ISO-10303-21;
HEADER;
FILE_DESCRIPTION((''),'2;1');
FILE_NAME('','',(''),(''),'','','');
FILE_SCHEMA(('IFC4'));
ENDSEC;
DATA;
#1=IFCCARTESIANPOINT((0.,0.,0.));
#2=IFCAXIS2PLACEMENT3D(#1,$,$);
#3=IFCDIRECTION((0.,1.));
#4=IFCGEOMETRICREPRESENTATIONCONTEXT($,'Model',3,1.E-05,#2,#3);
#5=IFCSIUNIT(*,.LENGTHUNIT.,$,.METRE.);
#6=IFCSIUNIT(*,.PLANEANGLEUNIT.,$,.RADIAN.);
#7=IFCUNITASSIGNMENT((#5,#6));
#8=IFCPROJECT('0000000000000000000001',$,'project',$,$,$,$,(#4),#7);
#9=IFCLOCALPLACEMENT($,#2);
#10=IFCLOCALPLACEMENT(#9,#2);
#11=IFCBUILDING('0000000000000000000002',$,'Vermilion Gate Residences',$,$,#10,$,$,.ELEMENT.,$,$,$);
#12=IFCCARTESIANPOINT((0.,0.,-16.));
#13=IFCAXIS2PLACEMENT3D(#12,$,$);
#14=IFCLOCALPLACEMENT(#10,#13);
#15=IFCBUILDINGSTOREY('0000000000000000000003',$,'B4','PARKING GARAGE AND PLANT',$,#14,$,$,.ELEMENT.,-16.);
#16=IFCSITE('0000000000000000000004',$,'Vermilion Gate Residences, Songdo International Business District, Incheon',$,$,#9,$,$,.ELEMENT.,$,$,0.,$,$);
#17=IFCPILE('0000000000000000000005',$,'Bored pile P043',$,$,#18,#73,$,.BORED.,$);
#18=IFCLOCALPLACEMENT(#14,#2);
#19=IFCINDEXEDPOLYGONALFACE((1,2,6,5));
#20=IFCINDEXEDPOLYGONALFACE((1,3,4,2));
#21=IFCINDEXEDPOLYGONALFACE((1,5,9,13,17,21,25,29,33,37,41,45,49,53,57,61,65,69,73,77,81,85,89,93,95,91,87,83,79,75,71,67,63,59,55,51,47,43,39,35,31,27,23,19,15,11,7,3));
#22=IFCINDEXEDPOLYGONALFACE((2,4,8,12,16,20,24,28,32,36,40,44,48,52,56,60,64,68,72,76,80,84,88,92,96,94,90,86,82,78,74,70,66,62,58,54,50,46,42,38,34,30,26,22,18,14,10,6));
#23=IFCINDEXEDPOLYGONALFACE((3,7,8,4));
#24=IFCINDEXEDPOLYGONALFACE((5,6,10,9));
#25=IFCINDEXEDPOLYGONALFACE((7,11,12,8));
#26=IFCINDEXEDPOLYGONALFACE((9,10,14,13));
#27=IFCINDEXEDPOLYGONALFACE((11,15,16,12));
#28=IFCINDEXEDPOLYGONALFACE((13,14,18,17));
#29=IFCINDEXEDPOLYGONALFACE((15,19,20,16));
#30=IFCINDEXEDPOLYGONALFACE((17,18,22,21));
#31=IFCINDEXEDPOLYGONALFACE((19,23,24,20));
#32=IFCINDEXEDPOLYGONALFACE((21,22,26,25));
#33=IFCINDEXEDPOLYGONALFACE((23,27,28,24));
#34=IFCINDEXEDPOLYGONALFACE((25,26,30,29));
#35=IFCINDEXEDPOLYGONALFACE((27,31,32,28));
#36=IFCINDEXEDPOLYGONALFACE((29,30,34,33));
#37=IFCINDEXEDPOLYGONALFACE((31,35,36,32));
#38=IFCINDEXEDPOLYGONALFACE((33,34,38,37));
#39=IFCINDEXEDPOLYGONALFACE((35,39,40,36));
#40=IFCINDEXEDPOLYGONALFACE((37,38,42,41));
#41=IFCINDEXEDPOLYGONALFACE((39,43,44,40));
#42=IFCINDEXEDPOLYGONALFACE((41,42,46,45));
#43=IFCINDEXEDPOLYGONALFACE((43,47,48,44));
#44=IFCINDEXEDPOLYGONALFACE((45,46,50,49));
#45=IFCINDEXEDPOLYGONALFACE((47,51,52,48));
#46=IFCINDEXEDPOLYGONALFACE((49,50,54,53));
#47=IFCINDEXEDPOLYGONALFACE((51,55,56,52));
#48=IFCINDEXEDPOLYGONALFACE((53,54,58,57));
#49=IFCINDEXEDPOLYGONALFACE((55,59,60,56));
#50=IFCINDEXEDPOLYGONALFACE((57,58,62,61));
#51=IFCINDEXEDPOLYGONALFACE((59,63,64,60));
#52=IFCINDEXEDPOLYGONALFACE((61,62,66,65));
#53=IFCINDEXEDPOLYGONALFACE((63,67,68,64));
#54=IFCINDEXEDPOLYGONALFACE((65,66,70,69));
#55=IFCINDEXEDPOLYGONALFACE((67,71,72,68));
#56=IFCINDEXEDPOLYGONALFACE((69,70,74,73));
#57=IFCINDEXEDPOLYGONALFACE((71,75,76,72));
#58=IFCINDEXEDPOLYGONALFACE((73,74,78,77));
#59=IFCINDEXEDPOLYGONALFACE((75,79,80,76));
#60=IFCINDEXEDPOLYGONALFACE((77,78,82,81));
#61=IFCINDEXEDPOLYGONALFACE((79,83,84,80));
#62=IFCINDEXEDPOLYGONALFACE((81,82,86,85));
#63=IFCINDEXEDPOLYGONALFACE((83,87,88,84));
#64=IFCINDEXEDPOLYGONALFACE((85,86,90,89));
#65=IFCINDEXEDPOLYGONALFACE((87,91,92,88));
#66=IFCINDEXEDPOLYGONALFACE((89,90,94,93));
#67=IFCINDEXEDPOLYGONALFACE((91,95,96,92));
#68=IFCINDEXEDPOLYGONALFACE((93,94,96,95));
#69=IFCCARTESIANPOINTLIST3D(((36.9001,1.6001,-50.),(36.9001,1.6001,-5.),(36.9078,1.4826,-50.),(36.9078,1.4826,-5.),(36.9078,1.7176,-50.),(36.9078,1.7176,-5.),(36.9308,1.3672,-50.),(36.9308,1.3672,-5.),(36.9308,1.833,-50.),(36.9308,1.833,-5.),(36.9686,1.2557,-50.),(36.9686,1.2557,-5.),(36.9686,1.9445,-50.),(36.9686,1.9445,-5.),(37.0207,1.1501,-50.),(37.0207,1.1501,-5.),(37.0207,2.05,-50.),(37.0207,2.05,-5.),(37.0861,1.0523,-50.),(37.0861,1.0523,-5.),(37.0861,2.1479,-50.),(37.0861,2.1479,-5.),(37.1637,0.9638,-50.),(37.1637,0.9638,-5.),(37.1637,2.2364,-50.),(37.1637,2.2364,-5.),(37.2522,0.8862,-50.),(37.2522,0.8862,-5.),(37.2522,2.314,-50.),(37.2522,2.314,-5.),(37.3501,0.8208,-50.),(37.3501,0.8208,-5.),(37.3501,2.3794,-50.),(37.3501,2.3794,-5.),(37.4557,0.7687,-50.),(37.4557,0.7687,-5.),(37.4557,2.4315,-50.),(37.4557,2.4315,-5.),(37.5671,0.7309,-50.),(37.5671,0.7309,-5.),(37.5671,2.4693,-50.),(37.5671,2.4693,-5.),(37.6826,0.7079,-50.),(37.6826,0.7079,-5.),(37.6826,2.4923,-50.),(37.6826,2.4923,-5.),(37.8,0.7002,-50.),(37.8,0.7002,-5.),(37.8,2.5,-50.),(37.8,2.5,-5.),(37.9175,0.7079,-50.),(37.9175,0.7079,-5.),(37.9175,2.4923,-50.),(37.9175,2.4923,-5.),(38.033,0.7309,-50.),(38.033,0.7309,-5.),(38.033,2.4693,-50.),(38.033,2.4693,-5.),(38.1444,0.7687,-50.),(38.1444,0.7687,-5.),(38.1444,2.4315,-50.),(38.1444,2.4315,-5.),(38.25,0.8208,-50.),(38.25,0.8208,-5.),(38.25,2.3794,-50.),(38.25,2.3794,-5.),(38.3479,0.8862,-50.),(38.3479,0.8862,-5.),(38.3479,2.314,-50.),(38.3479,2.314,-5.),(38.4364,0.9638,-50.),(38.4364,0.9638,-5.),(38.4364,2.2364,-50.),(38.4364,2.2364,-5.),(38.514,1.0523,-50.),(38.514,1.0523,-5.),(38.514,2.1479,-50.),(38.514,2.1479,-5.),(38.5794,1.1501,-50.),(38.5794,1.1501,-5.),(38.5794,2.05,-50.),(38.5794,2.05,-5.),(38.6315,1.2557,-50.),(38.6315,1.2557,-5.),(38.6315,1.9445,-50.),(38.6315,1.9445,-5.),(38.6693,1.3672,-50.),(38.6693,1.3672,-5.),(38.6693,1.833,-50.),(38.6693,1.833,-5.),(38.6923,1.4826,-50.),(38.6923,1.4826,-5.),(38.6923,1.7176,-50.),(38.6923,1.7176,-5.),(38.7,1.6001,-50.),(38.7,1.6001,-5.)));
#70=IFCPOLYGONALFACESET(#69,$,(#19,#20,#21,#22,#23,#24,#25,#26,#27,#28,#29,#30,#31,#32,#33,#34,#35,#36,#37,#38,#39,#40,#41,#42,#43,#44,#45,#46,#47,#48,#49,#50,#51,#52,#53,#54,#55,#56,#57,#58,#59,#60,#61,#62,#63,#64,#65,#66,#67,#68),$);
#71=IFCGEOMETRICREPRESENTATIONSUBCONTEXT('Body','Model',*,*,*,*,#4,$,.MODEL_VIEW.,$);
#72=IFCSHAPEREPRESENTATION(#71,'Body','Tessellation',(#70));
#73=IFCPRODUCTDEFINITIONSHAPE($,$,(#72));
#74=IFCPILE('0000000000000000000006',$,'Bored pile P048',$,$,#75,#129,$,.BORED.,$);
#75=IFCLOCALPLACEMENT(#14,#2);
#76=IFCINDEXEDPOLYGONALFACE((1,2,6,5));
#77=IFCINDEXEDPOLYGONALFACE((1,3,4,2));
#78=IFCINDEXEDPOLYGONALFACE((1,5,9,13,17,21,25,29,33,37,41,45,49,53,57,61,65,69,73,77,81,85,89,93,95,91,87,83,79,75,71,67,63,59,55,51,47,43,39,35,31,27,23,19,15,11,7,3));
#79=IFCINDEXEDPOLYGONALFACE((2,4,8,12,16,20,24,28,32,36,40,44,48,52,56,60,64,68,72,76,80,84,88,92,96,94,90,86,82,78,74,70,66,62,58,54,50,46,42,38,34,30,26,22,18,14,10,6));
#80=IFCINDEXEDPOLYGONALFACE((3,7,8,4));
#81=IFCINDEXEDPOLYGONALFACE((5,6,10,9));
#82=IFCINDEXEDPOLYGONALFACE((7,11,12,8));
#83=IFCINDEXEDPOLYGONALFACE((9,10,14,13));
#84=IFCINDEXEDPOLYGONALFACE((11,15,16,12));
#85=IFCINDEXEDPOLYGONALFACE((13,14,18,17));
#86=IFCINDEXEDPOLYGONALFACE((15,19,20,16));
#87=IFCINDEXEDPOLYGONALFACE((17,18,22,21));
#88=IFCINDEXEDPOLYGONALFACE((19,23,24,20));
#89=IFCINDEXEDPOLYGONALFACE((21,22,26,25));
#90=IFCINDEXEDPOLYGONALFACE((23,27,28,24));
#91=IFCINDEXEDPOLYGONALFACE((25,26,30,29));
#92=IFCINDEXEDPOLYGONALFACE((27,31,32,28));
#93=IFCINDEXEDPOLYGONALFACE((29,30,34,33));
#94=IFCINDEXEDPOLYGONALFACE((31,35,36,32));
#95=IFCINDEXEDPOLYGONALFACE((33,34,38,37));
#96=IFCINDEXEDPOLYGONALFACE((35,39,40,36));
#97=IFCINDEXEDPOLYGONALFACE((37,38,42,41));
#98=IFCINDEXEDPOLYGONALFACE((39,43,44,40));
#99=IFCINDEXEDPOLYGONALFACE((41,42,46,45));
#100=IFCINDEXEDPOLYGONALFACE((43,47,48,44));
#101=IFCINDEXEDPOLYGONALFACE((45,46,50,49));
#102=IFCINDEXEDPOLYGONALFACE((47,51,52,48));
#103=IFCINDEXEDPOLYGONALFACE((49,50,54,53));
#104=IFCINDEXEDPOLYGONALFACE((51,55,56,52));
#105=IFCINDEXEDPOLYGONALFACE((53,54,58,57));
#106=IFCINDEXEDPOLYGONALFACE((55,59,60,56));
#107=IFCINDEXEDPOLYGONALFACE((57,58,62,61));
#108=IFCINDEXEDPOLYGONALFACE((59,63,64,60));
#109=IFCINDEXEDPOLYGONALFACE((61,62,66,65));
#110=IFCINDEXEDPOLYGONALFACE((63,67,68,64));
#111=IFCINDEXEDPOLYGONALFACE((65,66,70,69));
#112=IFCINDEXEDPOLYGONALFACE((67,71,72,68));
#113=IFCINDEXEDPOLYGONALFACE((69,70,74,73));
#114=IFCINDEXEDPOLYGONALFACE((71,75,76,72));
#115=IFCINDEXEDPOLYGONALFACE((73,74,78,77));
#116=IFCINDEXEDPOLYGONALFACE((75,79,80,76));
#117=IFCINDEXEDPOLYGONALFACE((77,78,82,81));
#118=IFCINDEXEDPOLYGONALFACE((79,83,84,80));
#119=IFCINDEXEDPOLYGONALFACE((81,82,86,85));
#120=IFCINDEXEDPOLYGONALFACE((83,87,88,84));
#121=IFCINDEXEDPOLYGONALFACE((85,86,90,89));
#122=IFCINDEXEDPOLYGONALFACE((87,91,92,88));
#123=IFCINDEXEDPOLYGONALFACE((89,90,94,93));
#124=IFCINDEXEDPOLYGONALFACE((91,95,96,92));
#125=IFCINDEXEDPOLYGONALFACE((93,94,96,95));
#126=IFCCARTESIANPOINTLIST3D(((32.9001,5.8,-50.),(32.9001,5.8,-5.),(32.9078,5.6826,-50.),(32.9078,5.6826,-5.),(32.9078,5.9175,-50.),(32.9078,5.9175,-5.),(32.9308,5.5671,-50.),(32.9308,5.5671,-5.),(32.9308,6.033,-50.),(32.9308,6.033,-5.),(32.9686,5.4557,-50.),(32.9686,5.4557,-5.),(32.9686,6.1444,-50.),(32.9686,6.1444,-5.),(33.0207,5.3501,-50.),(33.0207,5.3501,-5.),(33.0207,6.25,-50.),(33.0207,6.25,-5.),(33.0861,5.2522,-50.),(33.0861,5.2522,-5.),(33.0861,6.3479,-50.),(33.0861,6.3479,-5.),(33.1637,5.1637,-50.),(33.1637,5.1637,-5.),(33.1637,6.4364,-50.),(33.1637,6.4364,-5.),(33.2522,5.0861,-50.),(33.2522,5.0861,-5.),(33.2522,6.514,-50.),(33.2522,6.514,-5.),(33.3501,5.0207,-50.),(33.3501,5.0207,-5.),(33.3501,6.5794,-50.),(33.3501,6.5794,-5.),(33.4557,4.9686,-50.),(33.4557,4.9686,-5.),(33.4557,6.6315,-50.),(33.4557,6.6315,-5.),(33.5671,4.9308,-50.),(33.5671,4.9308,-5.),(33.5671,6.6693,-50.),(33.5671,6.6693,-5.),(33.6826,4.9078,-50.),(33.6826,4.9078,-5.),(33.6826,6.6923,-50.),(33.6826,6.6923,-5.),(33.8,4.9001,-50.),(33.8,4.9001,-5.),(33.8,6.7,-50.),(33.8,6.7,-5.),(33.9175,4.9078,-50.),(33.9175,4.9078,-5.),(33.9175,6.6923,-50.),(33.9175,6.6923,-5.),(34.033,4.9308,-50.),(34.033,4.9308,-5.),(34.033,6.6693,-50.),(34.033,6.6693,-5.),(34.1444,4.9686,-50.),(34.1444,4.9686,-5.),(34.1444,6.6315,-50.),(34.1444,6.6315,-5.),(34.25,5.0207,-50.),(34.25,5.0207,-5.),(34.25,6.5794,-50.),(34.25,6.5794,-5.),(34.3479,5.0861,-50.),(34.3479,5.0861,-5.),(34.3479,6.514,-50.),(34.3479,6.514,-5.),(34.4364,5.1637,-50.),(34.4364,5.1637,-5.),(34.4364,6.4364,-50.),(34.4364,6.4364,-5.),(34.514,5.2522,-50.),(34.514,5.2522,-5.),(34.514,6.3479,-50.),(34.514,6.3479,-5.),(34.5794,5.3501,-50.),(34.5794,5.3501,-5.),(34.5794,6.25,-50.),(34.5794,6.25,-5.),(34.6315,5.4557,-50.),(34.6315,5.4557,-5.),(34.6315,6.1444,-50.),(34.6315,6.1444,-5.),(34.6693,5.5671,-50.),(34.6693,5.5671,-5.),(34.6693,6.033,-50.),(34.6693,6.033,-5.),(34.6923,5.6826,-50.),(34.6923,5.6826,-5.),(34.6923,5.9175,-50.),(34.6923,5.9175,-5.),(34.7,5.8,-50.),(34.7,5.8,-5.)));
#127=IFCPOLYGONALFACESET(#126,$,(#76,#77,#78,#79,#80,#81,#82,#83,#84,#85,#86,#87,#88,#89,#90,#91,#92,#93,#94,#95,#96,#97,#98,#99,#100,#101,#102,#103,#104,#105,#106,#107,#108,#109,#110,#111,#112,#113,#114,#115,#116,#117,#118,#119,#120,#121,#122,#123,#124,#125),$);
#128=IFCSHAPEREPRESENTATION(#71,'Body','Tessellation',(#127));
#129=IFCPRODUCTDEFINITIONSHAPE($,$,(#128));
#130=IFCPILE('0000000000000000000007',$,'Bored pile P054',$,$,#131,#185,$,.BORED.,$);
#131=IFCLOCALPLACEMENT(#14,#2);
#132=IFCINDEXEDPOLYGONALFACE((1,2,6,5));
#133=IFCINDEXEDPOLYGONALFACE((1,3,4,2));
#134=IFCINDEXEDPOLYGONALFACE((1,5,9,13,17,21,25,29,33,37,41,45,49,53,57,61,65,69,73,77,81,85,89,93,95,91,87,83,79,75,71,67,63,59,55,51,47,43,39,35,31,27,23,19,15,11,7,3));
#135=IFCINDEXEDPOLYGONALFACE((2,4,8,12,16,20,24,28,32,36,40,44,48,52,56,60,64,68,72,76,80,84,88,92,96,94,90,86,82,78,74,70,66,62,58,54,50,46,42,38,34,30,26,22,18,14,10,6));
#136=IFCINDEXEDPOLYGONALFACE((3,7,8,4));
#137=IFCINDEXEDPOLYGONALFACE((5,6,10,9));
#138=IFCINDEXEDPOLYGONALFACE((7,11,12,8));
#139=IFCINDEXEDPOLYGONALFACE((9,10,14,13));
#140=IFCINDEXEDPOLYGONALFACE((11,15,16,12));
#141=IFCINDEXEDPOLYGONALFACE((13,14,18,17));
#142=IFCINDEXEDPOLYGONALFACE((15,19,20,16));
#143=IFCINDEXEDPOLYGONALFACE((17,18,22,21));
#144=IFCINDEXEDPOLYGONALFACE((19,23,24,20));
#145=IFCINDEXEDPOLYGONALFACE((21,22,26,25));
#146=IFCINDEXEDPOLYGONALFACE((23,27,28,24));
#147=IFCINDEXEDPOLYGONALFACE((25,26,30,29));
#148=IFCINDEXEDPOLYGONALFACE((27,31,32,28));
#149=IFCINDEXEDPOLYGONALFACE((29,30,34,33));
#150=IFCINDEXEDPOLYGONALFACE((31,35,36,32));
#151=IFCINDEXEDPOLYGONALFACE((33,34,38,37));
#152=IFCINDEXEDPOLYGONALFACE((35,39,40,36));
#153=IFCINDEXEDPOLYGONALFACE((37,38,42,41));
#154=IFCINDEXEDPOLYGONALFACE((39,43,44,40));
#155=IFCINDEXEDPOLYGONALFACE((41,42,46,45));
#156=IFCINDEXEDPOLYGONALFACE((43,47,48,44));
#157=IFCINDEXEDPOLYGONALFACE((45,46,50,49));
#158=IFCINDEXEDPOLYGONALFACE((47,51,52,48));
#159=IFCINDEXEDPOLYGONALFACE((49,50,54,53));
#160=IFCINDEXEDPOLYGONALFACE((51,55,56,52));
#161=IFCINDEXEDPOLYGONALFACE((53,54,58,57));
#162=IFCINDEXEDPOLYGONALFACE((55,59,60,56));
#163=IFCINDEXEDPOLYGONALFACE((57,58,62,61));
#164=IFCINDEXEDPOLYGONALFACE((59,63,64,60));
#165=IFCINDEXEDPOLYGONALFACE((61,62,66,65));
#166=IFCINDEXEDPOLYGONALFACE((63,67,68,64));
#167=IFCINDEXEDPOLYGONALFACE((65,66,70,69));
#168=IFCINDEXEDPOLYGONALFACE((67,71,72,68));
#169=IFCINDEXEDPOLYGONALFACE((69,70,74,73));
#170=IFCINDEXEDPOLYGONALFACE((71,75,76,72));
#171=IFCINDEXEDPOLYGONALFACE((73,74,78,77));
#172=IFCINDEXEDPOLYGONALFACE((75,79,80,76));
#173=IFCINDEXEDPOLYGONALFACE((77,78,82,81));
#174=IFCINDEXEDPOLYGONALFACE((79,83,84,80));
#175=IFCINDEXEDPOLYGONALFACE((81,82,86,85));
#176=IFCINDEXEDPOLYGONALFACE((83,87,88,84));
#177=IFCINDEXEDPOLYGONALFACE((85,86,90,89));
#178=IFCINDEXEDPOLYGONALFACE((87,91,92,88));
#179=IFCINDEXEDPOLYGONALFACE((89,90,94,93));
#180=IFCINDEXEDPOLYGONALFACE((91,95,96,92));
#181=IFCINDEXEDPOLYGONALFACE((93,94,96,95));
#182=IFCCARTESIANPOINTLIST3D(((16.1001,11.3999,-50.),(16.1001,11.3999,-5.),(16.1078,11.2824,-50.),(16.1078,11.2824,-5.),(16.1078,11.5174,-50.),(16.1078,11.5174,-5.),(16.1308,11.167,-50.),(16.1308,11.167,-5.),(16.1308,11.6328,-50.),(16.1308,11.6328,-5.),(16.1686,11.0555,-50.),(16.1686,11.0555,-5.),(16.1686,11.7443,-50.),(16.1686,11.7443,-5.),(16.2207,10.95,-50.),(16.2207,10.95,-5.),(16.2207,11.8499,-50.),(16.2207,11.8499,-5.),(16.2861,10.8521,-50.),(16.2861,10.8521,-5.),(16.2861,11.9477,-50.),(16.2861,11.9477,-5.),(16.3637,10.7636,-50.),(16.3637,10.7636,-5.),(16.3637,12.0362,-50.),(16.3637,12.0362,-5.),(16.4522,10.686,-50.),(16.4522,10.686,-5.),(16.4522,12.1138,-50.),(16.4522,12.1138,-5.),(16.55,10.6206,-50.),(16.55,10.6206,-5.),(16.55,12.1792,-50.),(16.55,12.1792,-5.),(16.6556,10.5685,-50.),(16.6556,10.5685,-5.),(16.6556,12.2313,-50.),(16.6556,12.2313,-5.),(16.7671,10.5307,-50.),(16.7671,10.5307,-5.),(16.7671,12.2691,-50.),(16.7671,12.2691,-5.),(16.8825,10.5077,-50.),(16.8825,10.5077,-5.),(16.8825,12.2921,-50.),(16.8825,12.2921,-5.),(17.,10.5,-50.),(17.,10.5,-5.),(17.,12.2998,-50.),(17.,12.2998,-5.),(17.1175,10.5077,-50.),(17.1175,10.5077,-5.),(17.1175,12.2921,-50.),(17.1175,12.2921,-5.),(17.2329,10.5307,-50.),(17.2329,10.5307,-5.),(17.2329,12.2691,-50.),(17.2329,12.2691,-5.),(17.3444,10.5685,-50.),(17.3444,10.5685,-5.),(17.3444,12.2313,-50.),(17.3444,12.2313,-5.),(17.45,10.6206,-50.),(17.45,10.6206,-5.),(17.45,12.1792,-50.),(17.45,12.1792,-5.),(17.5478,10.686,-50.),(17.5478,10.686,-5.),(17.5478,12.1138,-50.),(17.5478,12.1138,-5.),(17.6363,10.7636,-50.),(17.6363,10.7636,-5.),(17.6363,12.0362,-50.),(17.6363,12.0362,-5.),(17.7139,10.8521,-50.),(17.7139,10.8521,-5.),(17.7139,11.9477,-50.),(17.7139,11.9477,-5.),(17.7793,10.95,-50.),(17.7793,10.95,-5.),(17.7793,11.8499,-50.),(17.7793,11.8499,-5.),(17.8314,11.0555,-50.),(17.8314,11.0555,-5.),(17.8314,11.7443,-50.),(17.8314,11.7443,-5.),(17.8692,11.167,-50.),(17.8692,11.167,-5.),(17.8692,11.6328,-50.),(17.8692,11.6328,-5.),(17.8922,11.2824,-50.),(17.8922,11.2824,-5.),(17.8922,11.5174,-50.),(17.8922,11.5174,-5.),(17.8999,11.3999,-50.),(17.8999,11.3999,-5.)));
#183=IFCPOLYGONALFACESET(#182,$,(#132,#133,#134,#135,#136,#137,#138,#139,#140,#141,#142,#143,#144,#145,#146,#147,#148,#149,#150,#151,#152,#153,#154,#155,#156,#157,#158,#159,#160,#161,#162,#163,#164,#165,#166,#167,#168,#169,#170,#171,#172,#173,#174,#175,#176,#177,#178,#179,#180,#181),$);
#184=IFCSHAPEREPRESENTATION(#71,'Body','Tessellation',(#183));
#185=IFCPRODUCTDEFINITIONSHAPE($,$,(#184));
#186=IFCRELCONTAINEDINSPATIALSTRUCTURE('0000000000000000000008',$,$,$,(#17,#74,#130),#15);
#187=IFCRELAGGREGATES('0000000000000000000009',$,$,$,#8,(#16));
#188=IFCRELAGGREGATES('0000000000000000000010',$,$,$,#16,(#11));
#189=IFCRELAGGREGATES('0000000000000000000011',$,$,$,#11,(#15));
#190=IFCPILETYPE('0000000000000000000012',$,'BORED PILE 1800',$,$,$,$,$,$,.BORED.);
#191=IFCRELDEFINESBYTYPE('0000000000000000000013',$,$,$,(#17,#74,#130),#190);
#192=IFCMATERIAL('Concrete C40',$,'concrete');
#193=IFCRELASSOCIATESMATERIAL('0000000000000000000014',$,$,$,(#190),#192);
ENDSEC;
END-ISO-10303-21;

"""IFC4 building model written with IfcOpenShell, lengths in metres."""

from ifc_helpers import new_model, si_unit, direction, frame, origin, origin_2d, place, context, subcontext, project, spatial, circle, extrude, material, material_profile, profile_set, type_object, element, save


model = new_model("IFC4")

# Units and contexts
model_context = context("Model", 3, precision=1e-05, world=origin(), true_north=direction((0.0, 1.0)))
body_context = subcontext(model_context, "Body", "Model", "MODEL_VIEW")
ifc_project = project(units=[si_unit("LENGTHUNIT", "METRE"), si_unit("PLANEANGLEUNIT", "RADIAN")], contexts=[model_context])

# Site, building, storey
site_placement = place(None, origin())
site = spatial("IfcSite", under=ifc_project, at=site_placement, Name="Vermilion Gate Residences, Songdo International Business District, Incheon", CompositionType="ELEMENT", RefElevation=0.0)
building_placement = place(site_placement, origin())
building = spatial("IfcBuilding", under=site, at=building_placement, Name="Vermilion Gate Residences", CompositionType="ELEMENT")
storey_placement = place(building_placement, frame((0.0, 0.0, -16.0)))
storey = spatial("IfcBuildingStorey", under=building, at=storey_placement, Name="B4", Description="PARKING GARAGE AND PLANT", CompositionType="ELEMENT", Elevation=-16.0)

# Piles
ifc_material_1 = material(Name="Concrete C40", Category="concrete")
ifc_material_profile_1 = material_profile(ifc_material_1, circle(Radius=0.8999, at=origin_2d()), Name="BORED PILE 1800")
ifc_profile_set_1 = profile_set([ifc_material_profile_1], Name="Concrete C40")
pile_type = type_object("IfcPileType", Name="BORED PILE 1800", PredefinedType="BORED", material=ifc_profile_set_1)
for number, where, z_axis, x_axis, name in (
    (1, (37.8, 1.6001, -5.0), (0.0, 0.0, -1.0), (1.0, 0.0, 0.0), "Bored pile P043"),
    (2, (33.8, 5.8, -5.0), (0.0, 0.0, -1.0), (1.0, 0.0, 0.0), "Bored pile P048"),
    (3, (17.0, 11.3999, -5.0), (0.0, 0.0, -1.0), (1.0, 0.0, 0.0), "Bored pile P054"),
):
    element("IfcPile", number, at=place(storey_placement, frame(where, z_axis=z_axis, x_axis=x_axis)), inside=storey, type_object=pile_type, Name=name, PredefinedType="BORED", context=body_context, shape_type="SweptSolid", body=[
        extrude(circle(Radius=0.8999, at=origin_2d()), origin(), (0.0, 0.0, 1.0), 45.0),
    ])

save(model, "model.ifc")
